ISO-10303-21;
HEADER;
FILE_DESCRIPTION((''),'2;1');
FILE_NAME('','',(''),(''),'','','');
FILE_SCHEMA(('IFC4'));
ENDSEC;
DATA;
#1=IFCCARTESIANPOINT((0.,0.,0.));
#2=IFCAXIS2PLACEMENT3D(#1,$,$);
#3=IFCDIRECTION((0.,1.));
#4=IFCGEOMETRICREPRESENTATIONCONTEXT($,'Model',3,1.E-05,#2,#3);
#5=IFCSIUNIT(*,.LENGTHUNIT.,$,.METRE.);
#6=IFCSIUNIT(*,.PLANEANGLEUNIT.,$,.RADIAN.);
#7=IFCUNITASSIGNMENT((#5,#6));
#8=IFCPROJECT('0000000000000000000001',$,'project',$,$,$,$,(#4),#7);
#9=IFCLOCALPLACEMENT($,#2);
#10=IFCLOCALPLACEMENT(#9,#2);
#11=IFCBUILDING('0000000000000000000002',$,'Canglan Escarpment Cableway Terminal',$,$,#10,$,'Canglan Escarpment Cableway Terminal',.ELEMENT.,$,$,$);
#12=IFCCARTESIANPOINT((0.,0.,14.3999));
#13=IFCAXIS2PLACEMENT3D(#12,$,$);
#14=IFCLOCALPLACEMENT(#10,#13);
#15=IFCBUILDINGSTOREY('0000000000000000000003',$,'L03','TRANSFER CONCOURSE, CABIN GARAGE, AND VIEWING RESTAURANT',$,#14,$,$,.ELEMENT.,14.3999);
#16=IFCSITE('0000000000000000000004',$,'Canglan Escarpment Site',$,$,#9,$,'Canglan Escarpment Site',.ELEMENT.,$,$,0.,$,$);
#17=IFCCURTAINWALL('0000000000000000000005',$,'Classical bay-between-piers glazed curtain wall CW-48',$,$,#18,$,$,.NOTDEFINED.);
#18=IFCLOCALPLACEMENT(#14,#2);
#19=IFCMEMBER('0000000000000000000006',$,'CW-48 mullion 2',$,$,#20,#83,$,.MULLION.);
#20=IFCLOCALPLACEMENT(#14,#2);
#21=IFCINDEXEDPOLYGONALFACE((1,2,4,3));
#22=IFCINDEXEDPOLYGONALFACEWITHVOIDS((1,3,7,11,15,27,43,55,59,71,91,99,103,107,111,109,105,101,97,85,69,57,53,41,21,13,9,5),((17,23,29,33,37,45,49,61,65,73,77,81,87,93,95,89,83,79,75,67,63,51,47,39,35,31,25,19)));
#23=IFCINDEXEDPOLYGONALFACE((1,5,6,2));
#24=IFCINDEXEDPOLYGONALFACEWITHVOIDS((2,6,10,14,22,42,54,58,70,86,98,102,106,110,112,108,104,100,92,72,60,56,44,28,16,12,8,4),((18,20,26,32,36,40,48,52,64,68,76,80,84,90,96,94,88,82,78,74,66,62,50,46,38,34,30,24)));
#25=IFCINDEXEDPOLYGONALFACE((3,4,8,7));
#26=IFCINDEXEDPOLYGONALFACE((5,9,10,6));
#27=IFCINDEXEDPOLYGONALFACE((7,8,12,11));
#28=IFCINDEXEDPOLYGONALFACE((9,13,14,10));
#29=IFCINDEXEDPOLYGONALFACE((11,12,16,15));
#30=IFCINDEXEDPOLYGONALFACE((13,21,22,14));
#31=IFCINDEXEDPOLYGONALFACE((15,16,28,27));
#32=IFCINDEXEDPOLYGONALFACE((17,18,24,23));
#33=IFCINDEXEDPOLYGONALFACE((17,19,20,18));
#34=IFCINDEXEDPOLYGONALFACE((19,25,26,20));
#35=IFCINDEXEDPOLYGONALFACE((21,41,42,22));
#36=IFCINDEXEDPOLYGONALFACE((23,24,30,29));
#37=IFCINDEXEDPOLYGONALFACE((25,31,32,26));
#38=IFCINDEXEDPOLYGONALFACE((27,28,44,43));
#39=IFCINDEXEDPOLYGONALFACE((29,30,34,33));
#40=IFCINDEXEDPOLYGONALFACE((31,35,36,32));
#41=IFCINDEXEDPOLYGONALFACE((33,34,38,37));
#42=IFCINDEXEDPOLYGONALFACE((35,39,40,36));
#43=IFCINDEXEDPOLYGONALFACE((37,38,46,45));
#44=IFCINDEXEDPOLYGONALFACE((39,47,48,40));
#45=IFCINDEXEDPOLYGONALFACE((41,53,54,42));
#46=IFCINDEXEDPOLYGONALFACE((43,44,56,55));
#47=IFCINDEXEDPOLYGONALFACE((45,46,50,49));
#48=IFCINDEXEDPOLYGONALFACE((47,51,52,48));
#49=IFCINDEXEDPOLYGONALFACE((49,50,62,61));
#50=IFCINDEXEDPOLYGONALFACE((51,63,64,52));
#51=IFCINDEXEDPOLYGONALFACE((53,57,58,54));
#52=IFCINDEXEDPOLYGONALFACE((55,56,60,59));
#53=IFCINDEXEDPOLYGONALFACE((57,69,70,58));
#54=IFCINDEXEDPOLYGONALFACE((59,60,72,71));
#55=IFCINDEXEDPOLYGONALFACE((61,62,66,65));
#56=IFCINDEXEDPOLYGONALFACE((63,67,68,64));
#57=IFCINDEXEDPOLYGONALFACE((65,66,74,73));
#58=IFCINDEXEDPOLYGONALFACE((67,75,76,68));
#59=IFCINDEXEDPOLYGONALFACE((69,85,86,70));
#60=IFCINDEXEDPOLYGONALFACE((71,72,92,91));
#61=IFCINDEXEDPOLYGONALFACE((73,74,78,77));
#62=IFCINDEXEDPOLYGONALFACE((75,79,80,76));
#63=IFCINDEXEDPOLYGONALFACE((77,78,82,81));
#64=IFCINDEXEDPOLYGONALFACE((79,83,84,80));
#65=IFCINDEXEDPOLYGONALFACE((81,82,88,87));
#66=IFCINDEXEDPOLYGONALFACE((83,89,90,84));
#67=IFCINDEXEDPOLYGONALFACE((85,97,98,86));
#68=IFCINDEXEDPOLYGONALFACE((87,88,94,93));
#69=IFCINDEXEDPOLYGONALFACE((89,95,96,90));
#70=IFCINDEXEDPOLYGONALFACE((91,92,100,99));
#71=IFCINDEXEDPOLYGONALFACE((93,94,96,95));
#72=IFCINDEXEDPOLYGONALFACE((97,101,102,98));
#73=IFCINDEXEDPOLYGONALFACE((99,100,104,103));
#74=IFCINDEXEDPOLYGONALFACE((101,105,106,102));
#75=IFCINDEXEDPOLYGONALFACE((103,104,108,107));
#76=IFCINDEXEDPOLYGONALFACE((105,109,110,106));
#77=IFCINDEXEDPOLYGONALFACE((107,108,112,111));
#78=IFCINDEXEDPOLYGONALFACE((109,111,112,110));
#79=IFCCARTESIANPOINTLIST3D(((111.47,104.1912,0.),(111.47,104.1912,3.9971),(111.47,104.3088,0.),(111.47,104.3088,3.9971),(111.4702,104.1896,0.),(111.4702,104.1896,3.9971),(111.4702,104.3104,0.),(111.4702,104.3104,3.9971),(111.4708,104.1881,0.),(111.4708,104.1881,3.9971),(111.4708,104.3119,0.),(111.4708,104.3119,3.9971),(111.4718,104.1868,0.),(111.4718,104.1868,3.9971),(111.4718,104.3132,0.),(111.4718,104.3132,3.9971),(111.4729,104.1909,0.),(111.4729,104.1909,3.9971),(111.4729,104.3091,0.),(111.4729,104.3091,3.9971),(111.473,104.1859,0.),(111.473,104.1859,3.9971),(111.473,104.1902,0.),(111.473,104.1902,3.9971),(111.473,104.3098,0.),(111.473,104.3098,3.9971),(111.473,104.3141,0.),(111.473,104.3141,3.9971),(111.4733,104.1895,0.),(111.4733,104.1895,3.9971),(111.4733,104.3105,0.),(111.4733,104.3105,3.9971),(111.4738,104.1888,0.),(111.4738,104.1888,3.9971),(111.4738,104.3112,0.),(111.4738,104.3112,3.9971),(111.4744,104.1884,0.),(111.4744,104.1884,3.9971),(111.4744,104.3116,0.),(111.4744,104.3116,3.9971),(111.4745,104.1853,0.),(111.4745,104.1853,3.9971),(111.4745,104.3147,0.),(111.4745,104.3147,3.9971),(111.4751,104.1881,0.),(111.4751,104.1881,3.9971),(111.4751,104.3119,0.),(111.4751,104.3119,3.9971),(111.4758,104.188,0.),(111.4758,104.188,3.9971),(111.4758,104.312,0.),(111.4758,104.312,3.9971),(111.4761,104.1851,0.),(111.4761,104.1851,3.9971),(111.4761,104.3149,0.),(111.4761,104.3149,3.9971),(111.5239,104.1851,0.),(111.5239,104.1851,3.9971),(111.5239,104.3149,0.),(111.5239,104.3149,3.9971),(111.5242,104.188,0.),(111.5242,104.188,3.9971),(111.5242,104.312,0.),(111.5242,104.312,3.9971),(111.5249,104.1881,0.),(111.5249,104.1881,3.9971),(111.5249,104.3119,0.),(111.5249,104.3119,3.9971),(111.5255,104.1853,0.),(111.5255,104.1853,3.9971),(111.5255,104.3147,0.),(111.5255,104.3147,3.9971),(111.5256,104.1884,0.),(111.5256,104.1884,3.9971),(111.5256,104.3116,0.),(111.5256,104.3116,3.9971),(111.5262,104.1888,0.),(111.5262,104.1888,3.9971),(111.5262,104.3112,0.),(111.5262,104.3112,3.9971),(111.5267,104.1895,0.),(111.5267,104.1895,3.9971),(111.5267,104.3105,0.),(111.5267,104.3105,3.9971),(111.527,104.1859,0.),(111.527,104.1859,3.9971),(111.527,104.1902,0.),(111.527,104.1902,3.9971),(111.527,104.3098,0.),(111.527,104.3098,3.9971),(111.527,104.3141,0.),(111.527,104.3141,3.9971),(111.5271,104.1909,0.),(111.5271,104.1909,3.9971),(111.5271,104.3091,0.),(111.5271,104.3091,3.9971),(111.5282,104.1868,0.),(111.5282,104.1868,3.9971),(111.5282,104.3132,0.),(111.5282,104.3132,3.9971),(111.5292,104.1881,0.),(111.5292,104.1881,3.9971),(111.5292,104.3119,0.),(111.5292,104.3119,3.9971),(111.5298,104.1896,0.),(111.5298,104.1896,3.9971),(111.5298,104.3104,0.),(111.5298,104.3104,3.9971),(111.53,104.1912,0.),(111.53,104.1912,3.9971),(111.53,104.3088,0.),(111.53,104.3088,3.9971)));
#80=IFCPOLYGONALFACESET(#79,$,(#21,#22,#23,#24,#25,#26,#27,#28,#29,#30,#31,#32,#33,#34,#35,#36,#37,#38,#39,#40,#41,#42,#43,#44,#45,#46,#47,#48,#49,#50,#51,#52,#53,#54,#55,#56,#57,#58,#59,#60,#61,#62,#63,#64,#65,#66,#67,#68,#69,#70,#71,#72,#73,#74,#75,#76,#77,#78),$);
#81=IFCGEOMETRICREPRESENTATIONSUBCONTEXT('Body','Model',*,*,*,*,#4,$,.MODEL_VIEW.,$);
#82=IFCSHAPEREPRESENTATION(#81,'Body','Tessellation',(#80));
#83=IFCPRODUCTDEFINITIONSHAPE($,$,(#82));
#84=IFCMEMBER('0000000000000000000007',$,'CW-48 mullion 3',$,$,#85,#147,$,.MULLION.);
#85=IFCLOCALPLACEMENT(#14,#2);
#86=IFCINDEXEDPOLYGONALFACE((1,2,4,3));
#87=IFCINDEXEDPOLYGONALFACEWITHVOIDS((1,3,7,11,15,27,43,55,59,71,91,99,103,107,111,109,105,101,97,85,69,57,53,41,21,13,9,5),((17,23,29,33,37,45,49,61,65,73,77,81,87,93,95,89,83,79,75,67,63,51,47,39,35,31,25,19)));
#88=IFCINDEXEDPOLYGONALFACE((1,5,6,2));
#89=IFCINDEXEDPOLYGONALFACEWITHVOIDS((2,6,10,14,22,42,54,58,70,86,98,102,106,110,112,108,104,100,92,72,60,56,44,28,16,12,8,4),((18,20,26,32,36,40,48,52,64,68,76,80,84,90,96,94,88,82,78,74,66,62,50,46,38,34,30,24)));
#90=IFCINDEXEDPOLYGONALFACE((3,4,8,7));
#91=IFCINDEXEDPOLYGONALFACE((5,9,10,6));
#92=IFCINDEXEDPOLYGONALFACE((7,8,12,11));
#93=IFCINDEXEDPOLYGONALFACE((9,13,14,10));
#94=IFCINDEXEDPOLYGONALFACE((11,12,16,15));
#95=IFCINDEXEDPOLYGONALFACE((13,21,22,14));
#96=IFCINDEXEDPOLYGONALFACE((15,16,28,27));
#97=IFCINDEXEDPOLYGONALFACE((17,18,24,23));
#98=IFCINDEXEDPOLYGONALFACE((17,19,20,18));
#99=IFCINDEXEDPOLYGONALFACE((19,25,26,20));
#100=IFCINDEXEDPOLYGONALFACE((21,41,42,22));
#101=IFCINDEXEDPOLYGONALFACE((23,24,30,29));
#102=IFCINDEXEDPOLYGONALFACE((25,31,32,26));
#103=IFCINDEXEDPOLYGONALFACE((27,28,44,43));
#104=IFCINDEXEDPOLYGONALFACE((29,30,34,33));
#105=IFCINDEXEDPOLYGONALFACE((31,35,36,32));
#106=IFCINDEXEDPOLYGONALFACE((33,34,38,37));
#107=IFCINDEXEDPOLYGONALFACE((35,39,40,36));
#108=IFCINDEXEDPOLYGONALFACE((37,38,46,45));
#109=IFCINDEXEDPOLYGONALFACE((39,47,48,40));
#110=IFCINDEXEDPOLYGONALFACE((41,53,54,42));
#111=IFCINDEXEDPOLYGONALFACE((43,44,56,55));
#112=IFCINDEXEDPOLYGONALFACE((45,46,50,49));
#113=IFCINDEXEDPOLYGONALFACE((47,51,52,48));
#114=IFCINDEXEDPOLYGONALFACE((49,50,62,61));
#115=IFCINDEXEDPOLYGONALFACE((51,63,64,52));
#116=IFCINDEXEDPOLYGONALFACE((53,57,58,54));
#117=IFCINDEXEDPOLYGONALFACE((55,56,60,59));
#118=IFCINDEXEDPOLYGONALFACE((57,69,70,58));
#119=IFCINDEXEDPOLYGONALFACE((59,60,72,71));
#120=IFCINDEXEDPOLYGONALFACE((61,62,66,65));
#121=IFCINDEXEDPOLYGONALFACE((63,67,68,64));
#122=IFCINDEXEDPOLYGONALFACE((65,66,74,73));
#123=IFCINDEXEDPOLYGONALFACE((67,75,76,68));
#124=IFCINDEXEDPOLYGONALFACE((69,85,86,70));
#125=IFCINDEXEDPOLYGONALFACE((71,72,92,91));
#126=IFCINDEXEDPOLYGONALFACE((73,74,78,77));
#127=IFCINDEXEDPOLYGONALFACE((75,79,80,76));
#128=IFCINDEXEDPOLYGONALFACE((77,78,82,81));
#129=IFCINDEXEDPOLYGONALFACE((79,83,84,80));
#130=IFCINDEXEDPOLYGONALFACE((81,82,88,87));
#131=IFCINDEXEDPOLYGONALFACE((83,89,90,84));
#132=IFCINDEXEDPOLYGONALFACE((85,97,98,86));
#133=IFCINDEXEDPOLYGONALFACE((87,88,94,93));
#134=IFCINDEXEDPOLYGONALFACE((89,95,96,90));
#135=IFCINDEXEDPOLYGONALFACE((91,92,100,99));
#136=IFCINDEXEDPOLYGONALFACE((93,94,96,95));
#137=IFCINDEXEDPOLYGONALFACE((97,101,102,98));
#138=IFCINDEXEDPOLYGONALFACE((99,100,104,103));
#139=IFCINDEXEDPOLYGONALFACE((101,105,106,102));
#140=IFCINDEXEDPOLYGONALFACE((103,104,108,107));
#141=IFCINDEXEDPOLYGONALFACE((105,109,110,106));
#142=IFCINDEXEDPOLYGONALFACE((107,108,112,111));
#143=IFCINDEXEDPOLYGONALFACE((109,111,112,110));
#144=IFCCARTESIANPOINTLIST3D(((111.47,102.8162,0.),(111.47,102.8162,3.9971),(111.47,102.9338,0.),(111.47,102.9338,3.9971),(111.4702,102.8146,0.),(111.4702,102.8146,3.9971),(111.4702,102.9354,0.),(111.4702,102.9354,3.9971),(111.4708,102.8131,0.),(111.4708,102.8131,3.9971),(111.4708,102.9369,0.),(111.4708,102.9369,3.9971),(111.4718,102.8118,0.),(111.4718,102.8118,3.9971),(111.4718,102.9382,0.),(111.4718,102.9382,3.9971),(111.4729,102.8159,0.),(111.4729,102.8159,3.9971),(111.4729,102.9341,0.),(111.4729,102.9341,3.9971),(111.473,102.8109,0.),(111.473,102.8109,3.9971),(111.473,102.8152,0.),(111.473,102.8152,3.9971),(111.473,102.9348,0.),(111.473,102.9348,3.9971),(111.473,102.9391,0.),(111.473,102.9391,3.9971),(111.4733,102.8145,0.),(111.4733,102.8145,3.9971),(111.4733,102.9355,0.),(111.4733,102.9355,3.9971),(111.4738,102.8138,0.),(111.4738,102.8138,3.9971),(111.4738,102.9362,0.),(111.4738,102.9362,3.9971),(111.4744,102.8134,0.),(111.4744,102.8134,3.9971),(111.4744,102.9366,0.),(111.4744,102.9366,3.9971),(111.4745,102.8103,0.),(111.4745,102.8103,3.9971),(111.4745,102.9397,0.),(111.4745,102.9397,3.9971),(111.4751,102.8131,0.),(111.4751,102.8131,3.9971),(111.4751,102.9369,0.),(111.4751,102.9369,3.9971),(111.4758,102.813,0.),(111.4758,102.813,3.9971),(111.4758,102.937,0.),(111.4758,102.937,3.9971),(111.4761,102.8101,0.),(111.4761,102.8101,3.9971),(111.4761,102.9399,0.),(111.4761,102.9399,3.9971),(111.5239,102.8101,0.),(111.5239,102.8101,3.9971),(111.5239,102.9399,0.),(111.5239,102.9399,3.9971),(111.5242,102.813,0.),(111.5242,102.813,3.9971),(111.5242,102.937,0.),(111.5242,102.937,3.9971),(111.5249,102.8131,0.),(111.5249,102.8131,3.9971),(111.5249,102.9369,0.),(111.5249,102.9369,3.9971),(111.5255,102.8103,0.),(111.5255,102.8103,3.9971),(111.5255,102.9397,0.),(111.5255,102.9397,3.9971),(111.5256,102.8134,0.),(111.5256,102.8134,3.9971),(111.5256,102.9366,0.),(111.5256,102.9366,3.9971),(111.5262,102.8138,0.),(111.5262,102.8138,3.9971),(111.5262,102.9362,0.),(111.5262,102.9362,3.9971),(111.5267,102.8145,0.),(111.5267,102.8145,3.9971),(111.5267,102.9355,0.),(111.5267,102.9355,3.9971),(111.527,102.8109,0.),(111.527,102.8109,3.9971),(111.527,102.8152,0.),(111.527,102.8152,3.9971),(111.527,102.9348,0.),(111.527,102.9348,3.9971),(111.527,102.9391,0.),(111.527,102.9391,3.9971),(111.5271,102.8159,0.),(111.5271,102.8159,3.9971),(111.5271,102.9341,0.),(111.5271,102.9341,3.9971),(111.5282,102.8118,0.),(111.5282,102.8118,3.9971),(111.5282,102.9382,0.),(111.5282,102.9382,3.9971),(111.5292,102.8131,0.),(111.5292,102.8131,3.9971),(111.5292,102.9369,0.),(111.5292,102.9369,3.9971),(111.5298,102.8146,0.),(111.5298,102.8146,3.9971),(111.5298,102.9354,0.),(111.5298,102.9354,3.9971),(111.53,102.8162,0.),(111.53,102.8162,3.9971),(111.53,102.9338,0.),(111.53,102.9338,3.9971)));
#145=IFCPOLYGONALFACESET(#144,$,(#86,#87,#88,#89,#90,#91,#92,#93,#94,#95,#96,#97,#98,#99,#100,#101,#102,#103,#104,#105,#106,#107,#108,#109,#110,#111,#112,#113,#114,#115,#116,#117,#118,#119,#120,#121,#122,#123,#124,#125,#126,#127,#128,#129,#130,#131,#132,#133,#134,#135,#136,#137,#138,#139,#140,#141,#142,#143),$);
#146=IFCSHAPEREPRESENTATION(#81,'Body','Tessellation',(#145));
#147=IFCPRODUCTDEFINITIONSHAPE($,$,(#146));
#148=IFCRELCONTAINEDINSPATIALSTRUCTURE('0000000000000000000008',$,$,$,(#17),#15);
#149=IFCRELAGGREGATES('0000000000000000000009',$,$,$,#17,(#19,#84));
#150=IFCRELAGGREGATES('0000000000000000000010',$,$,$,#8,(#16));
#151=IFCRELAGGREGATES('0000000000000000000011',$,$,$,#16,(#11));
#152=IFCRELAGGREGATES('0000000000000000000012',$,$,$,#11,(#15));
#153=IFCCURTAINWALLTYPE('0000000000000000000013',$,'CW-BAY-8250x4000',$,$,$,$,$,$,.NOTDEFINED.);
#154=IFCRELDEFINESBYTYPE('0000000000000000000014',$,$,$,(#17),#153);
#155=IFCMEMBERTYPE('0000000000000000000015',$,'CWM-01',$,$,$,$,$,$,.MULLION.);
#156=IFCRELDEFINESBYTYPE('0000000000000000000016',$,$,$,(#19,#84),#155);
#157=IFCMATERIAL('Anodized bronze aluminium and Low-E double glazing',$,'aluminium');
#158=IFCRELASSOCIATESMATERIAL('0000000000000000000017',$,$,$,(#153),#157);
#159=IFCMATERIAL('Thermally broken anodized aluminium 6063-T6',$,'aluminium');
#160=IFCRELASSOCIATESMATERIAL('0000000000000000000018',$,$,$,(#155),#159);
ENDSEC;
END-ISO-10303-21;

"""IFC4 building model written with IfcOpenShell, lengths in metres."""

from ifc_helpers import new_model, si_unit, direction, frame, origin, origin_2d, place, context, subcontext, project, spatial, hollow_rectangle, extrude, material, material_profile, profile_set, type_object, element, aggregate, save


model = new_model("IFC4")

# Units and contexts
model_context = context("Model", 3, precision=1e-05, world=origin(), true_north=direction((0.0, 1.0)))
body_context = subcontext(model_context, "Body", "Model", "MODEL_VIEW")
ifc_project = project(units=[si_unit("LENGTHUNIT", "METRE"), si_unit("PLANEANGLEUNIT", "RADIAN")], contexts=[model_context])

# Site, building, storey
site_placement = place(None, origin())
site = spatial("IfcSite", under=ifc_project, at=site_placement, Name="Canglan Escarpment Site", LongName="Canglan Escarpment Site", CompositionType="ELEMENT", RefElevation=0.0)
building_placement = place(site_placement, origin())
building = spatial("IfcBuilding", under=site, at=building_placement, Name="Canglan Escarpment Cableway Terminal", LongName="Canglan Escarpment Cableway Terminal", CompositionType="ELEMENT")
storey_placement = place(building_placement, frame((0.0, 0.0, 14.3999)))
storey = spatial("IfcBuildingStorey", under=building, at=storey_placement, Name="L03", Description="TRANSFER CONCOURSE, CABIN GARAGE, AND VIEWING RESTAURANT", CompositionType="ELEMENT", Elevation=14.3999)

# Curtain wall, members
ifc_material_1 = material(Name="Anodized bronze aluminium and Low-E double glazing", Category="aluminium")
curtain_wall_type = type_object("IfcCurtainWallType", Name="CW-BAY-8250x4000", PredefinedType="NOTDEFINED", material=ifc_material_1)
curtain_wall_1_placement = place(storey_placement, origin())
curtain_wall_1 = element("IfcCurtainWall", 1, at=curtain_wall_1_placement, inside=storey, type_object=curtain_wall_type, Name="Classical bay-between-piers glazed curtain wall CW-48", PredefinedType="NOTDEFINED")
ifc_material_2 = material(Name="Thermally broken anodized aluminium 6063-T6", Category="aluminium")
ifc_material_profile_1 = material_profile(ifc_material_2, hollow_rectangle(XDim=0.0601, YDim=0.1299, WallThickness=0.0029, InnerFilletRadius=0.0029, OuterFilletRadius=0.0061, at=origin_2d()), Name="ALU-MULL 60x130x3")
ifc_profile_set_1 = profile_set([ifc_material_profile_1], Name="Thermally broken anodized aluminium 6063-T6")
member_type_1 = type_object("IfcMemberType", Name="CWM-01", PredefinedType="MULLION", material=ifc_profile_set_1)
member_1_placement = place(storey_placement, frame((111.5, 104.25, 0.0), z_axis=(0.0, 0.0, 1.0), x_axis=(1.0, 0.0, 0.0)))
member_1 = element("IfcMember", 2, at=member_1_placement, type_object=member_type_1, Name="CW-48 mullion 2", PredefinedType="MULLION", context=body_context, shape_type="SweptSolid", body=[
    extrude(hollow_rectangle(XDim=0.0601, YDim=0.1299, WallThickness=0.0029, InnerFilletRadius=0.0029, OuterFilletRadius=0.0061, at=origin_2d()), origin(), (0.0, 0.0, 1.0), 3.9971),
])
member_2_placement = place(storey_placement, frame((111.5, 102.875, 0.0), z_axis=(0.0, 0.0, 1.0), x_axis=(1.0, 0.0, 0.0)))
member_2 = element("IfcMember", 3, at=member_2_placement, type_object=member_type_1, Name="CW-48 mullion 3", PredefinedType="MULLION", context=body_context, shape_type="SweptSolid", body=[
    extrude(hollow_rectangle(XDim=0.0601, YDim=0.1299, WallThickness=0.0029, InnerFilletRadius=0.0029, OuterFilletRadius=0.0061, at=origin_2d()), origin(), (0.0, 0.0, 1.0), 3.9971),
])

aggregate(curtain_wall_1, [member_1, member_2])

save(model, "model.ifc")
